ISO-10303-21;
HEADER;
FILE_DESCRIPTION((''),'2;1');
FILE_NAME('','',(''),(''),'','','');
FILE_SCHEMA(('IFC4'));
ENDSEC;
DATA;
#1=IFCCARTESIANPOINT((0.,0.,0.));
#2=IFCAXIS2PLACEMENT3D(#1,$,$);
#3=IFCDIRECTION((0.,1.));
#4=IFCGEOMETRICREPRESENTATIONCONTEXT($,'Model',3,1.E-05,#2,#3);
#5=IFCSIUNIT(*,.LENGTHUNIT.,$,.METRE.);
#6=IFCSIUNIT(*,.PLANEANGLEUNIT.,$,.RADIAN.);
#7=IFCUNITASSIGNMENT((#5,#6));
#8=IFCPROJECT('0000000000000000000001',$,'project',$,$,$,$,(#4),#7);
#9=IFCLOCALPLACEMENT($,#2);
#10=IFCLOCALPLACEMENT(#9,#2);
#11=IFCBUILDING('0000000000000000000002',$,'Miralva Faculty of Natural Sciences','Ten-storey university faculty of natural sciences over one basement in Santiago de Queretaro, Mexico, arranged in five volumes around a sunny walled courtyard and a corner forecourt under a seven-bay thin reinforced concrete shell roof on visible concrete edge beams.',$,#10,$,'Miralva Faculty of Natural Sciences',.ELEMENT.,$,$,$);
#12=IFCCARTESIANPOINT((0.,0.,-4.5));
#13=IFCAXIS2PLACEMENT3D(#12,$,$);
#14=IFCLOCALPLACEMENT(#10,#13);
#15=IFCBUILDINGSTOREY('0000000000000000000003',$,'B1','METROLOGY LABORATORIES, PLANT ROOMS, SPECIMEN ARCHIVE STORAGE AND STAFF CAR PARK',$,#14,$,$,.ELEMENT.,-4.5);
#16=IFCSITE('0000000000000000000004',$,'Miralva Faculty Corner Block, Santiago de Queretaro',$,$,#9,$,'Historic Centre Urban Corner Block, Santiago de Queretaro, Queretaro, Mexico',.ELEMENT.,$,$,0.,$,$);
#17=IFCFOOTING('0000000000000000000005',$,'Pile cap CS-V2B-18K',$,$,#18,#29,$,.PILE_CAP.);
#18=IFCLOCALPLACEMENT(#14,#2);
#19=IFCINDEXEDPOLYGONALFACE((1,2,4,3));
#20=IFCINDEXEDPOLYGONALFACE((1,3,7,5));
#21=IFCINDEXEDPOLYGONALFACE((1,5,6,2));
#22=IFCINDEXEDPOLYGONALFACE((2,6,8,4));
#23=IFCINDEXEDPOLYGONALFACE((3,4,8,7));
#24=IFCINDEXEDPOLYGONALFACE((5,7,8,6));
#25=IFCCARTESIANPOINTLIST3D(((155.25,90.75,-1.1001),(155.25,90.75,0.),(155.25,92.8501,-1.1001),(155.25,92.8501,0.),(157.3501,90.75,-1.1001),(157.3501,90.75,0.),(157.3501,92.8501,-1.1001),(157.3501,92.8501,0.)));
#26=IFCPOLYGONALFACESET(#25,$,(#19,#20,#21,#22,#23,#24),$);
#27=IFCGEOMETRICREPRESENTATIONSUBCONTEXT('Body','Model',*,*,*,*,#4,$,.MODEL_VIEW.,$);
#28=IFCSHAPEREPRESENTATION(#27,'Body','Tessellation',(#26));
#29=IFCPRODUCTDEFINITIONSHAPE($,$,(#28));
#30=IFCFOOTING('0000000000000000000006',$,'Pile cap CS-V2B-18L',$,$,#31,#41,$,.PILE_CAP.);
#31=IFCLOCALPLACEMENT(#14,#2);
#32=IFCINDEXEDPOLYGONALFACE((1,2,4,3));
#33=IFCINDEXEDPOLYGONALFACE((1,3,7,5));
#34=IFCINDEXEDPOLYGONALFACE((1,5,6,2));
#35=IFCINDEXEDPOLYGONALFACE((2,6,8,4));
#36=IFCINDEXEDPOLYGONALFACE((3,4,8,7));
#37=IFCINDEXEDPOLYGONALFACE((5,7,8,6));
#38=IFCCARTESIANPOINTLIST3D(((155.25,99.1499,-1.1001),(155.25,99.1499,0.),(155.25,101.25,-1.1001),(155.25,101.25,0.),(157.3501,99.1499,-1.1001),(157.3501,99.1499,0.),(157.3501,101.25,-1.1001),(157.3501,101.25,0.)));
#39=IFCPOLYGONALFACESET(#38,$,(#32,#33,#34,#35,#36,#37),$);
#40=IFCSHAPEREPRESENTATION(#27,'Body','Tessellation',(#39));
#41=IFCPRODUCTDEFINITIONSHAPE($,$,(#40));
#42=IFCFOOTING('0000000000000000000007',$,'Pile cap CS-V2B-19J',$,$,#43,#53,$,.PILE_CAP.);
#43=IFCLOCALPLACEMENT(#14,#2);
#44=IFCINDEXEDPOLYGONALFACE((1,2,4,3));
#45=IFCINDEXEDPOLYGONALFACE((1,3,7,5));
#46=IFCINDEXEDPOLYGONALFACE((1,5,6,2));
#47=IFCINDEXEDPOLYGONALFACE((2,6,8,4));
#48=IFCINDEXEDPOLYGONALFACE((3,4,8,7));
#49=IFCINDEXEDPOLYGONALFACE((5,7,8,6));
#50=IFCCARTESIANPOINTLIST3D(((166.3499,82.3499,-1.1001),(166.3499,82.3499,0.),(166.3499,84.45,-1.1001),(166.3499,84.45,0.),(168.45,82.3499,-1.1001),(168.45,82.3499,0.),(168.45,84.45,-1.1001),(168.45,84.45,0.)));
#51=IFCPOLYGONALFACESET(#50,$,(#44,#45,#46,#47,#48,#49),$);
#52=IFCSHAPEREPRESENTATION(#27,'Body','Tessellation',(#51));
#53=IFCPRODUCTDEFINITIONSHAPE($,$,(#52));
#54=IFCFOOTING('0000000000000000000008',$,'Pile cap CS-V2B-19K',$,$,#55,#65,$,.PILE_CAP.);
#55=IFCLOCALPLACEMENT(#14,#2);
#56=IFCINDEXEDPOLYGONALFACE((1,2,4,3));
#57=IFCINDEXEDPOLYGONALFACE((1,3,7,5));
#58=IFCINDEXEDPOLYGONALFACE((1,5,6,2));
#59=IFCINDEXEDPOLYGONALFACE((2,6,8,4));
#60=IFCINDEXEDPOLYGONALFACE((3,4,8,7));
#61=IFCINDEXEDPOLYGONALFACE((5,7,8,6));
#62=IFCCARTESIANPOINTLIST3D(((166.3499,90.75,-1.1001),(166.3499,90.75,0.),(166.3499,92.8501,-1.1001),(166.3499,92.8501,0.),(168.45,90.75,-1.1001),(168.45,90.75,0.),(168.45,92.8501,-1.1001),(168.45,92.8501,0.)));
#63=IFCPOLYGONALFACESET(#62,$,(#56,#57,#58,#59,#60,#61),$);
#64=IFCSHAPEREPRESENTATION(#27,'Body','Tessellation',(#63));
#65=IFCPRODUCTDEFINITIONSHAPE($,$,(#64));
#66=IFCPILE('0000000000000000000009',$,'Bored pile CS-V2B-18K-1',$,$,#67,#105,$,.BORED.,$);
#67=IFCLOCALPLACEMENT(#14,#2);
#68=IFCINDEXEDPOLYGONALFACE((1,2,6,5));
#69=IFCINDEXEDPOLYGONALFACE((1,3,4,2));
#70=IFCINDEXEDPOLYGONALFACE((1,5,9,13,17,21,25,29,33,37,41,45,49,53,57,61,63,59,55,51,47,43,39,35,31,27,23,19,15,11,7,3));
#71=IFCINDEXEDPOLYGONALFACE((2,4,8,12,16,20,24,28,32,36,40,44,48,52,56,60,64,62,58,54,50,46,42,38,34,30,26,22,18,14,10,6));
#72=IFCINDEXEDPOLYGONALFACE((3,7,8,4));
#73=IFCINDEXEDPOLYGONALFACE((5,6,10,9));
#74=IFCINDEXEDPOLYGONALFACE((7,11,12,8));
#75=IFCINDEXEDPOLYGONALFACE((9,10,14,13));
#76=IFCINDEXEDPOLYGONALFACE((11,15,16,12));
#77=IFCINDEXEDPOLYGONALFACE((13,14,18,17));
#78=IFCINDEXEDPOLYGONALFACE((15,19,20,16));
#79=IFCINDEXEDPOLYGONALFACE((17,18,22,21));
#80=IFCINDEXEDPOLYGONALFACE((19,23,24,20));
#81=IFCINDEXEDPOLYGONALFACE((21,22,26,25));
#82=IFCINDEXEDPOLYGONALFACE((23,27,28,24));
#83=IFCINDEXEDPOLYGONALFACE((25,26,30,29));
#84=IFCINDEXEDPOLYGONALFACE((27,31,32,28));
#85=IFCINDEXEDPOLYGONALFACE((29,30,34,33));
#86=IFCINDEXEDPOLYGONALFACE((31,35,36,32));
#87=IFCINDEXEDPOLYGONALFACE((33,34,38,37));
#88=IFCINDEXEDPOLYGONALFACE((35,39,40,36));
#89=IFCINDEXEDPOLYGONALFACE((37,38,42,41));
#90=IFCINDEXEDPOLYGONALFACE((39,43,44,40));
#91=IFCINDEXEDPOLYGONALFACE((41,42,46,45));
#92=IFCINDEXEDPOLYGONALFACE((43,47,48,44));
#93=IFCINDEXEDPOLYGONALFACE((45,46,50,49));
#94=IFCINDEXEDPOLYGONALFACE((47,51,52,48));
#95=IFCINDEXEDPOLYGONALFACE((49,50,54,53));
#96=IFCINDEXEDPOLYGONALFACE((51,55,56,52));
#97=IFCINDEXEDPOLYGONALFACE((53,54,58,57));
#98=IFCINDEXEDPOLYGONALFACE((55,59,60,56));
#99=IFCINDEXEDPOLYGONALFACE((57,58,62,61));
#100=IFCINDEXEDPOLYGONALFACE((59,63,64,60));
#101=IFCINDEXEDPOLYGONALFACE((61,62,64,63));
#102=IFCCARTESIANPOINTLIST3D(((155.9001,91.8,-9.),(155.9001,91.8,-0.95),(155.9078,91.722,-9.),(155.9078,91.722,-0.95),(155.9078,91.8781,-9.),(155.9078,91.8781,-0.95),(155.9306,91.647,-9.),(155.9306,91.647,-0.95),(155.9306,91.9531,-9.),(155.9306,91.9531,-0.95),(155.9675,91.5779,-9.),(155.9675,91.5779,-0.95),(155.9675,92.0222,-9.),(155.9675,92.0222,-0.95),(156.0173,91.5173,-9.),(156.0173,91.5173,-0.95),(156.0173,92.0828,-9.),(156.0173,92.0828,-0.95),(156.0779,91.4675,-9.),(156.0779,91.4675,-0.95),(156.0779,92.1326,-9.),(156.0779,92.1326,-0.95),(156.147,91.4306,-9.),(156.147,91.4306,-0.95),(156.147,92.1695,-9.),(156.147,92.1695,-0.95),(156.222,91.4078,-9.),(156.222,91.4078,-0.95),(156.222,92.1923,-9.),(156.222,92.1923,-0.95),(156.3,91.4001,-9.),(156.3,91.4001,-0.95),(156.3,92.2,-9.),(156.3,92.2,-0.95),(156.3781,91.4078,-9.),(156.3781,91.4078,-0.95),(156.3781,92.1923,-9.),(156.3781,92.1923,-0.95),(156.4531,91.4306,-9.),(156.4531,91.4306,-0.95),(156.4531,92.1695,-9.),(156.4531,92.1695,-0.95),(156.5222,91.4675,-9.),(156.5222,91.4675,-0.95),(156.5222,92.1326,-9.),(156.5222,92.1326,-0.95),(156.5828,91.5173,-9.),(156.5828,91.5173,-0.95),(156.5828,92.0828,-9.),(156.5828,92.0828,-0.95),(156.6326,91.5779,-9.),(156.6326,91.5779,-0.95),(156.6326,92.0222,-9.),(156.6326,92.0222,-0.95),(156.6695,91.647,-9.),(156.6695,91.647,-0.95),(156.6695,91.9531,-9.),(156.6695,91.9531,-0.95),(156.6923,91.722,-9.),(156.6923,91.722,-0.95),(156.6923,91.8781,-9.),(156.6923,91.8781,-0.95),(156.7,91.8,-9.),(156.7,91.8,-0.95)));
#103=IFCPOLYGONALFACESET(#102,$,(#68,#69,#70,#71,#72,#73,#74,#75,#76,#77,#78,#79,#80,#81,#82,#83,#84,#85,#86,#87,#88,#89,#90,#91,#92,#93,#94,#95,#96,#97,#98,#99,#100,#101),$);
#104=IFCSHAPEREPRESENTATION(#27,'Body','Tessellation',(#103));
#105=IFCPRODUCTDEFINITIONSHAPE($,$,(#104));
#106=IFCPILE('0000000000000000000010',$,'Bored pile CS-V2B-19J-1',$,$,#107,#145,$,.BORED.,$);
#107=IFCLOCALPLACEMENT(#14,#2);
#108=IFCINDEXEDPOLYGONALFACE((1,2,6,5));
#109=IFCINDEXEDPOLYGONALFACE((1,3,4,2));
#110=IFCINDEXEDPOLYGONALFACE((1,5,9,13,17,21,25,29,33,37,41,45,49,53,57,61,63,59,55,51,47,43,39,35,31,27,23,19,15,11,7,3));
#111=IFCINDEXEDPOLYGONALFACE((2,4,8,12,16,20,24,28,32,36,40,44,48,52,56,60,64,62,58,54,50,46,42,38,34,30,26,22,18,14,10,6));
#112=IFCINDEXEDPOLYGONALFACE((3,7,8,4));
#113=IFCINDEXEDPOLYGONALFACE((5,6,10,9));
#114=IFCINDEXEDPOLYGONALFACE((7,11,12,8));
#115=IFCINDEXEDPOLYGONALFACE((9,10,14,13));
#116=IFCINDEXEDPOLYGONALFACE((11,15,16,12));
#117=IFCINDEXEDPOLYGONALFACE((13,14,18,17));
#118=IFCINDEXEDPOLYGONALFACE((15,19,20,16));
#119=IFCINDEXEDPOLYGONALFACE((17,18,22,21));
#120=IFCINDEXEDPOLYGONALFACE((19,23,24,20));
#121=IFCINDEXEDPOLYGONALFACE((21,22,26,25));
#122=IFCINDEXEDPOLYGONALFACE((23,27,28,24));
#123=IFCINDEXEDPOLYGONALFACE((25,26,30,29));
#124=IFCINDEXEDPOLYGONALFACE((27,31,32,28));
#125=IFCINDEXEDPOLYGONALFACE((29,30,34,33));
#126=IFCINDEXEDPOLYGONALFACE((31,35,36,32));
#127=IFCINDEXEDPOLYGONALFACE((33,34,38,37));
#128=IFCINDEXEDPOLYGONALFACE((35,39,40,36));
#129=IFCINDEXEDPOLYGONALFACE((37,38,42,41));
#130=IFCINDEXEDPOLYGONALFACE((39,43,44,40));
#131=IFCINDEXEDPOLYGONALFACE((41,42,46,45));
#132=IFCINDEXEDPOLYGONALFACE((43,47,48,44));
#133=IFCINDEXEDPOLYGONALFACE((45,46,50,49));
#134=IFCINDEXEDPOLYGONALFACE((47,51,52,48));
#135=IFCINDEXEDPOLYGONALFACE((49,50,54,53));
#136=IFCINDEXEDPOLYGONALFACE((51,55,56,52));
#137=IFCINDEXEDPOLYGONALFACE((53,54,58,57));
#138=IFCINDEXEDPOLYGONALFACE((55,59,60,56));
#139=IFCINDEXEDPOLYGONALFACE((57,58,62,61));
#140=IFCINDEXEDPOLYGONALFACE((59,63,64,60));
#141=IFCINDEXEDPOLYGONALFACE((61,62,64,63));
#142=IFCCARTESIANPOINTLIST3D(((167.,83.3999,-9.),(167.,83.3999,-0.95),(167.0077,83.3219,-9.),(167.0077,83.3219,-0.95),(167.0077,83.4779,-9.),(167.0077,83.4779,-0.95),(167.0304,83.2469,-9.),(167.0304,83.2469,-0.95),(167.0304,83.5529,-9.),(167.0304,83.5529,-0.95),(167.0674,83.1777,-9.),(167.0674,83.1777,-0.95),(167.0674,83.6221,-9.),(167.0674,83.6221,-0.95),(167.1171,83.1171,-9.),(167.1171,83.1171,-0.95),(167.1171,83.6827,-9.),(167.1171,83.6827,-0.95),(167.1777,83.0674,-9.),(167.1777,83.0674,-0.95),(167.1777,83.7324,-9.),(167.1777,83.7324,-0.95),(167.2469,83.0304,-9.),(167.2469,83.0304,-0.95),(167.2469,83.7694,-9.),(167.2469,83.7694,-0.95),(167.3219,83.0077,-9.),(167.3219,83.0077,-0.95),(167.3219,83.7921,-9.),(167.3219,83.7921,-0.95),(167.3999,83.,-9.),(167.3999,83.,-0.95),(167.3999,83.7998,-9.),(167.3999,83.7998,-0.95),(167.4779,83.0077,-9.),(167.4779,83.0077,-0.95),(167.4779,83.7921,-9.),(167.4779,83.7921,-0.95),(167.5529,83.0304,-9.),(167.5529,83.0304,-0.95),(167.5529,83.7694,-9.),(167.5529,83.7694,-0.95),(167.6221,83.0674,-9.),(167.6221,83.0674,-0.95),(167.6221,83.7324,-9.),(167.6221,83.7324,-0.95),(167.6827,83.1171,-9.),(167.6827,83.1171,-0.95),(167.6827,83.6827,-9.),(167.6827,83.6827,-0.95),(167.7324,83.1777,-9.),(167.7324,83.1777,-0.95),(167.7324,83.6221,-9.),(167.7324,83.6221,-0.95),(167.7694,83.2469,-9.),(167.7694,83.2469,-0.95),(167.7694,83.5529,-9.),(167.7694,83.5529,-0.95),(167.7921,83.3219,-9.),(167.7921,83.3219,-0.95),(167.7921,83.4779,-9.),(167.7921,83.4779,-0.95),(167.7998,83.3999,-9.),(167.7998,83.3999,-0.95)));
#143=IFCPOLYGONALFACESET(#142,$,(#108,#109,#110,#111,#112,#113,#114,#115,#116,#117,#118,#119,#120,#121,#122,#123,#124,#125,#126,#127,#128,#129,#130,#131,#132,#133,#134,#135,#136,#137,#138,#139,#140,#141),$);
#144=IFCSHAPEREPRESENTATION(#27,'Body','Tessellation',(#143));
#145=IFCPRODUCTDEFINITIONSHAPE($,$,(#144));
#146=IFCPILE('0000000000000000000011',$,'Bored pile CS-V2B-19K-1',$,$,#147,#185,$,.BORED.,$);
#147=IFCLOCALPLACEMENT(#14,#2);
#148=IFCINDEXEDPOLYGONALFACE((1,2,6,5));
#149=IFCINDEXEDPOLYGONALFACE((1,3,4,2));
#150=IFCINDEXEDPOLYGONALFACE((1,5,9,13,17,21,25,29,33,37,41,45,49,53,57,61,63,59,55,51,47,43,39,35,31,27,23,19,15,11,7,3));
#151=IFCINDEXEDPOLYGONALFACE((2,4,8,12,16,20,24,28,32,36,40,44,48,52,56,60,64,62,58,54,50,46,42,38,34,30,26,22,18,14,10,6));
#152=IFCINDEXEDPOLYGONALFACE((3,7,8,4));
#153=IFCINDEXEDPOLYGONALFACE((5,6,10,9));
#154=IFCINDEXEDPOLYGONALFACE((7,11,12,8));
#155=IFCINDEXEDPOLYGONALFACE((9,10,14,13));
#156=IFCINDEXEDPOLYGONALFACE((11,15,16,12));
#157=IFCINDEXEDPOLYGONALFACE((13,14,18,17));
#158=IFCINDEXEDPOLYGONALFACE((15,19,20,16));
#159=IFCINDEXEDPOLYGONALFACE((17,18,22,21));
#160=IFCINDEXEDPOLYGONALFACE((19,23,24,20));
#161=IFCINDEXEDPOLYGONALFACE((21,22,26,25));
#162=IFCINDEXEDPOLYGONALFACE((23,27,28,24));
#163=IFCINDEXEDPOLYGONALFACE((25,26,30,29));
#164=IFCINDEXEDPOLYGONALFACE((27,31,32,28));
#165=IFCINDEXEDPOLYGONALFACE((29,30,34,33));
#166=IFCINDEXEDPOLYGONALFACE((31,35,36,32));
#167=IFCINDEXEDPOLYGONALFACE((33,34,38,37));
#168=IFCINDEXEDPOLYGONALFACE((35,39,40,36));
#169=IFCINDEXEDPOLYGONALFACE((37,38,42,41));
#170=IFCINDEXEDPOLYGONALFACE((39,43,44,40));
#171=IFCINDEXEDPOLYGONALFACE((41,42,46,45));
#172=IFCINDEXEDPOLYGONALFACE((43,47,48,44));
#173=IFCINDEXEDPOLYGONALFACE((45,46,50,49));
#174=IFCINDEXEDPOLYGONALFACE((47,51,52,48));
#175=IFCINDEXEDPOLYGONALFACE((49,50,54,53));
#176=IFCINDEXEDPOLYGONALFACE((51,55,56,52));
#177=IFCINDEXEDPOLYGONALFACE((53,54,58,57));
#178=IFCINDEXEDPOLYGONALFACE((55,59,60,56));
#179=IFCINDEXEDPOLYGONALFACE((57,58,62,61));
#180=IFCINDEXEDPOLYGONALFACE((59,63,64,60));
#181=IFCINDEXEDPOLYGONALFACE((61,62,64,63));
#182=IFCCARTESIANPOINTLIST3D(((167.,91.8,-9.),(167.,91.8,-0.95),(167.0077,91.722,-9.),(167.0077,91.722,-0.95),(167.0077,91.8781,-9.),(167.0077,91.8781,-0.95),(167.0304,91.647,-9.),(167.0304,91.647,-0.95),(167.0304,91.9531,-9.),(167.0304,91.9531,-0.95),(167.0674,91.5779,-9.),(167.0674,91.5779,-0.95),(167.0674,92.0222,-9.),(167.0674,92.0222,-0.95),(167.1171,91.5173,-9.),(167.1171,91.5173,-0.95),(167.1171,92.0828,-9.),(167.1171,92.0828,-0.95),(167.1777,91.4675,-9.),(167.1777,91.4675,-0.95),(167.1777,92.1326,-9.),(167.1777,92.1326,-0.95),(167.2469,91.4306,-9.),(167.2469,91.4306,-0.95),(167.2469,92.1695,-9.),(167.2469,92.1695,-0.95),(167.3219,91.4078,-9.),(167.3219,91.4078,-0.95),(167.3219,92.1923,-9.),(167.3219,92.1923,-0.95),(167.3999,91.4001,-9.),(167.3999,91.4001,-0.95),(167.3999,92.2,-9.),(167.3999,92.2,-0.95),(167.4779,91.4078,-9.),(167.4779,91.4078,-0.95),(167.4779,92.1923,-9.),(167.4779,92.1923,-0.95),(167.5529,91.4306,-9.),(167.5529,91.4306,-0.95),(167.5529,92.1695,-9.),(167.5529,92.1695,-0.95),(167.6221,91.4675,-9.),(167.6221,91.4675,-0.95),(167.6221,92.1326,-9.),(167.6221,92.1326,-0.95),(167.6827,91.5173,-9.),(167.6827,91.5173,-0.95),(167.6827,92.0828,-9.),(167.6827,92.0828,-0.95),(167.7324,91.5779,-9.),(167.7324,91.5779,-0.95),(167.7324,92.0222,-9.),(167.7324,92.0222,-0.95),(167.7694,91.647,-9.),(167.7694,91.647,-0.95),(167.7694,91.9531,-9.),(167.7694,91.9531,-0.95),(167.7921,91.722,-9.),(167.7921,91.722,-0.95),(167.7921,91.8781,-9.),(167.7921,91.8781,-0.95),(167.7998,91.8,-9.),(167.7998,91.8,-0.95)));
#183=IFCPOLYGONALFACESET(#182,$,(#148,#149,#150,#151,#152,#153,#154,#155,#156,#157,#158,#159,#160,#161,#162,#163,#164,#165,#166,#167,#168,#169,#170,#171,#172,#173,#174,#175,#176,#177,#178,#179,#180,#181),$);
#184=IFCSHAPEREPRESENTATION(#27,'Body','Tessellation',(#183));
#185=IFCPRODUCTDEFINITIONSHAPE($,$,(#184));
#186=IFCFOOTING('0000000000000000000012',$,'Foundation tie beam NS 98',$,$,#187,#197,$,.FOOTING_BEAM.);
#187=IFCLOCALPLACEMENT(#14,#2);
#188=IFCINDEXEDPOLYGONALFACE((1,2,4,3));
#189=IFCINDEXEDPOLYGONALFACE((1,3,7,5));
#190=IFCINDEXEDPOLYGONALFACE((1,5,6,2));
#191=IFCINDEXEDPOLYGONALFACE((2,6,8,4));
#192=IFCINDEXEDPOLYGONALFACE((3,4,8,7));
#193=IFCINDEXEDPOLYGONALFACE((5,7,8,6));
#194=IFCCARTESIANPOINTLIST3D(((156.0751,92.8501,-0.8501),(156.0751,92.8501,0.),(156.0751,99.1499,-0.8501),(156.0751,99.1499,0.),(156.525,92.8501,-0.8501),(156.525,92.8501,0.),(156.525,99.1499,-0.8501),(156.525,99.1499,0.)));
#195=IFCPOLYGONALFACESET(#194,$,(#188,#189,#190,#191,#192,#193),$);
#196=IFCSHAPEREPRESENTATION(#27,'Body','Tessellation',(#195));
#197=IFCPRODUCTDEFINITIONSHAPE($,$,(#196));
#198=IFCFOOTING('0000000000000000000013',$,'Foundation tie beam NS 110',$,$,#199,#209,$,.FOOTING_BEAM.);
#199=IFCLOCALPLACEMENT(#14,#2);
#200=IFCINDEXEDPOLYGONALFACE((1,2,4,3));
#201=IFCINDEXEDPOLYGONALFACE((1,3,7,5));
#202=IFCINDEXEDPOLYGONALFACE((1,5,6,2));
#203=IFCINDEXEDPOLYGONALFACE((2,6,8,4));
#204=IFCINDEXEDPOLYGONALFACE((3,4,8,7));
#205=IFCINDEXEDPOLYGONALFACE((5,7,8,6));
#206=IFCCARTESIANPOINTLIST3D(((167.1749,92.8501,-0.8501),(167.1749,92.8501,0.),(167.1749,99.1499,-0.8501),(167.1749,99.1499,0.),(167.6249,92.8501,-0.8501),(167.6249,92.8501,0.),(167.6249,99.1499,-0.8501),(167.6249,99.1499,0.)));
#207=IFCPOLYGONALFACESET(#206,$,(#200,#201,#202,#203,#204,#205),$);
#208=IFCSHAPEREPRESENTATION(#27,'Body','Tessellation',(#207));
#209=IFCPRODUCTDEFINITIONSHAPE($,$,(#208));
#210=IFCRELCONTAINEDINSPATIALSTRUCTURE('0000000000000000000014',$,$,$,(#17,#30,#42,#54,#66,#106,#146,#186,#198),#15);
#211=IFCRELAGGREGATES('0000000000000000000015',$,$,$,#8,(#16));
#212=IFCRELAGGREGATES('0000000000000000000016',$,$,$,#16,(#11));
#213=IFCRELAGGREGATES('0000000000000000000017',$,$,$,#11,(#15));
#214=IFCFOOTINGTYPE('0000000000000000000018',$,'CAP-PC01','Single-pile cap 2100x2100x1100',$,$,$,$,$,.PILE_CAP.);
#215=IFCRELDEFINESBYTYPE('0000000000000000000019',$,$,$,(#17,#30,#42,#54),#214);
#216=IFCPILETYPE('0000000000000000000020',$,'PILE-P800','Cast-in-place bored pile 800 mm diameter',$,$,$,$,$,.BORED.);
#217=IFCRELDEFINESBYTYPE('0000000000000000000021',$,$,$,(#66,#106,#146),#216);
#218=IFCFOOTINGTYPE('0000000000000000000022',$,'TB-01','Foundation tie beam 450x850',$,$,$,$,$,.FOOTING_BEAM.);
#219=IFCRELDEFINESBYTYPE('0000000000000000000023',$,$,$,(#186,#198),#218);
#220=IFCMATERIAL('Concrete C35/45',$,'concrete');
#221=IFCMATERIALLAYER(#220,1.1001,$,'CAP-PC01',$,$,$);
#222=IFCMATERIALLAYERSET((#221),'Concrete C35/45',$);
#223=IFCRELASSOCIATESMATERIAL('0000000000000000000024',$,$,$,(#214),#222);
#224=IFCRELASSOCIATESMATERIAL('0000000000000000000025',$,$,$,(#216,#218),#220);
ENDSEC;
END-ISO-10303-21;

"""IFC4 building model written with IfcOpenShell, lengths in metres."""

from ifc_helpers import new_model, si_unit, direction, frame, origin, origin_2d, place, context, subcontext, project, spatial, rectangle, circle, extrude, material, layer, layer_set, material_profile, profile_set, type_object, element, save


model = new_model("IFC4")

# Units and contexts
model_context = context("Model", 3, precision=1e-05, world=origin(), true_north=direction((0.0, 1.0)))
body_context = subcontext(model_context, "Body", "Model", "MODEL_VIEW")
ifc_project = project(units=[si_unit("LENGTHUNIT", "METRE"), si_unit("PLANEANGLEUNIT", "RADIAN")], contexts=[model_context])

# Site, building, storey
site_placement = place(None, origin())
site = spatial("IfcSite", under=ifc_project, at=site_placement, Name="Miralva Faculty Corner Block, Santiago de Queretaro", LongName="Historic Centre Urban Corner Block, Santiago de Queretaro, Queretaro, Mexico", CompositionType="ELEMENT", RefElevation=0.0)
building_placement = place(site_placement, origin())
building = spatial("IfcBuilding", under=site, at=building_placement, Name="Miralva Faculty of Natural Sciences", Description="Ten-storey university faculty of natural sciences over one basement in Santiago de Queretaro, Mexico, arranged in five volumes around a sunny walled courtyard and a corner forecourt under a seven-bay thin reinforced concrete shell roof on visible concrete edge beams.", LongName="Miralva Faculty of Natural Sciences", CompositionType="ELEMENT")
storey_placement = place(building_placement, frame((0.0, 0.0, -4.5)))
storey = spatial("IfcBuildingStorey", under=building, at=storey_placement, Name="B1", Description="METROLOGY LABORATORIES, PLANT ROOMS, SPECIMEN ARCHIVE STORAGE AND STAFF CAR PARK", CompositionType="ELEMENT", Elevation=-4.5)

# Footings
ifc_material_1 = material(Name="Concrete C35/45", Category="concrete")
ifc_layer = layer(ifc_material_1, 1.1001, Name="CAP-PC01")
ifc_layer_set = layer_set([ifc_layer], Name="Concrete C35/45")
footing_type_1 = type_object("IfcFootingType", Name="CAP-PC01", Description="Single-pile cap 2100x2100x1100", PredefinedType="PILE_CAP", material=ifc_layer_set)
for number, where, z_axis, x_axis, name in (
    (1, (156.3, 91.8, -1.1001), (0.0, 0.0, 1.0), (1.0, 0.0, 0.0), "Pile cap CS-V2B-18K"),
    (2, (156.3, 100.2, -1.1001), (0.0, 0.0, 1.0), (1.0, 0.0, 0.0), "Pile cap CS-V2B-18L"),
    (3, (167.3999, 83.3999, -1.1001), (0.0, 0.0, 1.0), (1.0, 0.0, 0.0), "Pile cap CS-V2B-19J"),
    (4, (167.3999, 91.8, -1.1001), (0.0, 0.0, 1.0), (1.0, 0.0, 0.0), "Pile cap CS-V2B-19K"),
):
    element("IfcFooting", number, at=place(storey_placement, frame(where, z_axis=z_axis, x_axis=x_axis)), inside=storey, type_object=footing_type_1, Name=name, PredefinedType="PILE_CAP", context=body_context, shape_type="SweptSolid", body=[
        extrude(rectangle(XDim=2.1001, YDim=2.1001, at=origin_2d()), origin(), (0.0, 0.0, 1.0), 1.1001),
    ])

# Piles
ifc_material_profile_1 = material_profile(ifc_material_1, circle(Radius=0.3999, at=origin_2d()), Name="BORED PILE 800")
ifc_profile_set_1 = profile_set([ifc_material_profile_1], Name="Concrete C35/45")
pile_type = type_object("IfcPileType", Name="PILE-P800", Description="Cast-in-place bored pile 800 mm diameter", PredefinedType="BORED", material=ifc_profile_set_1)
for number, where, z_axis, x_axis, name in (
    (5, (156.3, 91.8, -0.95), (0.0, 0.0, -1.0), (1.0, 0.0, 0.0), "Bored pile CS-V2B-18K-1"),
    (6, (167.3999, 83.3999, -0.95), (0.0, 0.0, -1.0), (1.0, 0.0, 0.0), "Bored pile CS-V2B-19J-1"),
    (7, (167.3999, 91.8, -0.95), (0.0, 0.0, -1.0), (1.0, 0.0, 0.0), "Bored pile CS-V2B-19K-1"),
):
    element("IfcPile", number, at=place(storey_placement, frame(where, z_axis=z_axis, x_axis=x_axis)), inside=storey, type_object=pile_type, Name=name, PredefinedType="BORED", context=body_context, shape_type="SweptSolid", body=[
        extrude(circle(Radius=0.3999, at=origin_2d()), origin(), (0.0, 0.0, 1.0), 8.05),
    ])

# Footings
ifc_material_profile_2 = material_profile(ifc_material_1, rectangle(XDim=0.45, YDim=0.8501, at=origin_2d()), Name="RC 450x850")
ifc_profile_set_2 = profile_set([ifc_material_profile_2], Name="Concrete C35/45")
footing_type_2 = type_object("IfcFootingType", Name="TB-01", Description="Foundation tie beam 450x850", PredefinedType="FOOTING_BEAM", material=ifc_profile_set_2)
for number, where, z_axis, x_axis, name in (
    (8, (156.3, 92.8501, -0.425), (0.0, 1.0, 0.0), (-1.0, 0.0, 0.0), "Foundation tie beam NS 98"),
    (9, (167.3999, 92.8501, -0.425), (0.0, 1.0, 0.0), (-1.0, 0.0, 0.0), "Foundation tie beam NS 110"),
):
    element("IfcFooting", number, at=place(storey_placement, frame(where, z_axis=z_axis, x_axis=x_axis)), inside=storey, type_object=footing_type_2, Name=name, PredefinedType="FOOTING_BEAM", context=body_context, shape_type="SweptSolid", body=[
        extrude(rectangle(XDim=0.45, YDim=0.8501, at=origin_2d()), origin(), (0.0, 0.0, 1.0), 6.2998),
    ])

save(model, "model.ifc")
